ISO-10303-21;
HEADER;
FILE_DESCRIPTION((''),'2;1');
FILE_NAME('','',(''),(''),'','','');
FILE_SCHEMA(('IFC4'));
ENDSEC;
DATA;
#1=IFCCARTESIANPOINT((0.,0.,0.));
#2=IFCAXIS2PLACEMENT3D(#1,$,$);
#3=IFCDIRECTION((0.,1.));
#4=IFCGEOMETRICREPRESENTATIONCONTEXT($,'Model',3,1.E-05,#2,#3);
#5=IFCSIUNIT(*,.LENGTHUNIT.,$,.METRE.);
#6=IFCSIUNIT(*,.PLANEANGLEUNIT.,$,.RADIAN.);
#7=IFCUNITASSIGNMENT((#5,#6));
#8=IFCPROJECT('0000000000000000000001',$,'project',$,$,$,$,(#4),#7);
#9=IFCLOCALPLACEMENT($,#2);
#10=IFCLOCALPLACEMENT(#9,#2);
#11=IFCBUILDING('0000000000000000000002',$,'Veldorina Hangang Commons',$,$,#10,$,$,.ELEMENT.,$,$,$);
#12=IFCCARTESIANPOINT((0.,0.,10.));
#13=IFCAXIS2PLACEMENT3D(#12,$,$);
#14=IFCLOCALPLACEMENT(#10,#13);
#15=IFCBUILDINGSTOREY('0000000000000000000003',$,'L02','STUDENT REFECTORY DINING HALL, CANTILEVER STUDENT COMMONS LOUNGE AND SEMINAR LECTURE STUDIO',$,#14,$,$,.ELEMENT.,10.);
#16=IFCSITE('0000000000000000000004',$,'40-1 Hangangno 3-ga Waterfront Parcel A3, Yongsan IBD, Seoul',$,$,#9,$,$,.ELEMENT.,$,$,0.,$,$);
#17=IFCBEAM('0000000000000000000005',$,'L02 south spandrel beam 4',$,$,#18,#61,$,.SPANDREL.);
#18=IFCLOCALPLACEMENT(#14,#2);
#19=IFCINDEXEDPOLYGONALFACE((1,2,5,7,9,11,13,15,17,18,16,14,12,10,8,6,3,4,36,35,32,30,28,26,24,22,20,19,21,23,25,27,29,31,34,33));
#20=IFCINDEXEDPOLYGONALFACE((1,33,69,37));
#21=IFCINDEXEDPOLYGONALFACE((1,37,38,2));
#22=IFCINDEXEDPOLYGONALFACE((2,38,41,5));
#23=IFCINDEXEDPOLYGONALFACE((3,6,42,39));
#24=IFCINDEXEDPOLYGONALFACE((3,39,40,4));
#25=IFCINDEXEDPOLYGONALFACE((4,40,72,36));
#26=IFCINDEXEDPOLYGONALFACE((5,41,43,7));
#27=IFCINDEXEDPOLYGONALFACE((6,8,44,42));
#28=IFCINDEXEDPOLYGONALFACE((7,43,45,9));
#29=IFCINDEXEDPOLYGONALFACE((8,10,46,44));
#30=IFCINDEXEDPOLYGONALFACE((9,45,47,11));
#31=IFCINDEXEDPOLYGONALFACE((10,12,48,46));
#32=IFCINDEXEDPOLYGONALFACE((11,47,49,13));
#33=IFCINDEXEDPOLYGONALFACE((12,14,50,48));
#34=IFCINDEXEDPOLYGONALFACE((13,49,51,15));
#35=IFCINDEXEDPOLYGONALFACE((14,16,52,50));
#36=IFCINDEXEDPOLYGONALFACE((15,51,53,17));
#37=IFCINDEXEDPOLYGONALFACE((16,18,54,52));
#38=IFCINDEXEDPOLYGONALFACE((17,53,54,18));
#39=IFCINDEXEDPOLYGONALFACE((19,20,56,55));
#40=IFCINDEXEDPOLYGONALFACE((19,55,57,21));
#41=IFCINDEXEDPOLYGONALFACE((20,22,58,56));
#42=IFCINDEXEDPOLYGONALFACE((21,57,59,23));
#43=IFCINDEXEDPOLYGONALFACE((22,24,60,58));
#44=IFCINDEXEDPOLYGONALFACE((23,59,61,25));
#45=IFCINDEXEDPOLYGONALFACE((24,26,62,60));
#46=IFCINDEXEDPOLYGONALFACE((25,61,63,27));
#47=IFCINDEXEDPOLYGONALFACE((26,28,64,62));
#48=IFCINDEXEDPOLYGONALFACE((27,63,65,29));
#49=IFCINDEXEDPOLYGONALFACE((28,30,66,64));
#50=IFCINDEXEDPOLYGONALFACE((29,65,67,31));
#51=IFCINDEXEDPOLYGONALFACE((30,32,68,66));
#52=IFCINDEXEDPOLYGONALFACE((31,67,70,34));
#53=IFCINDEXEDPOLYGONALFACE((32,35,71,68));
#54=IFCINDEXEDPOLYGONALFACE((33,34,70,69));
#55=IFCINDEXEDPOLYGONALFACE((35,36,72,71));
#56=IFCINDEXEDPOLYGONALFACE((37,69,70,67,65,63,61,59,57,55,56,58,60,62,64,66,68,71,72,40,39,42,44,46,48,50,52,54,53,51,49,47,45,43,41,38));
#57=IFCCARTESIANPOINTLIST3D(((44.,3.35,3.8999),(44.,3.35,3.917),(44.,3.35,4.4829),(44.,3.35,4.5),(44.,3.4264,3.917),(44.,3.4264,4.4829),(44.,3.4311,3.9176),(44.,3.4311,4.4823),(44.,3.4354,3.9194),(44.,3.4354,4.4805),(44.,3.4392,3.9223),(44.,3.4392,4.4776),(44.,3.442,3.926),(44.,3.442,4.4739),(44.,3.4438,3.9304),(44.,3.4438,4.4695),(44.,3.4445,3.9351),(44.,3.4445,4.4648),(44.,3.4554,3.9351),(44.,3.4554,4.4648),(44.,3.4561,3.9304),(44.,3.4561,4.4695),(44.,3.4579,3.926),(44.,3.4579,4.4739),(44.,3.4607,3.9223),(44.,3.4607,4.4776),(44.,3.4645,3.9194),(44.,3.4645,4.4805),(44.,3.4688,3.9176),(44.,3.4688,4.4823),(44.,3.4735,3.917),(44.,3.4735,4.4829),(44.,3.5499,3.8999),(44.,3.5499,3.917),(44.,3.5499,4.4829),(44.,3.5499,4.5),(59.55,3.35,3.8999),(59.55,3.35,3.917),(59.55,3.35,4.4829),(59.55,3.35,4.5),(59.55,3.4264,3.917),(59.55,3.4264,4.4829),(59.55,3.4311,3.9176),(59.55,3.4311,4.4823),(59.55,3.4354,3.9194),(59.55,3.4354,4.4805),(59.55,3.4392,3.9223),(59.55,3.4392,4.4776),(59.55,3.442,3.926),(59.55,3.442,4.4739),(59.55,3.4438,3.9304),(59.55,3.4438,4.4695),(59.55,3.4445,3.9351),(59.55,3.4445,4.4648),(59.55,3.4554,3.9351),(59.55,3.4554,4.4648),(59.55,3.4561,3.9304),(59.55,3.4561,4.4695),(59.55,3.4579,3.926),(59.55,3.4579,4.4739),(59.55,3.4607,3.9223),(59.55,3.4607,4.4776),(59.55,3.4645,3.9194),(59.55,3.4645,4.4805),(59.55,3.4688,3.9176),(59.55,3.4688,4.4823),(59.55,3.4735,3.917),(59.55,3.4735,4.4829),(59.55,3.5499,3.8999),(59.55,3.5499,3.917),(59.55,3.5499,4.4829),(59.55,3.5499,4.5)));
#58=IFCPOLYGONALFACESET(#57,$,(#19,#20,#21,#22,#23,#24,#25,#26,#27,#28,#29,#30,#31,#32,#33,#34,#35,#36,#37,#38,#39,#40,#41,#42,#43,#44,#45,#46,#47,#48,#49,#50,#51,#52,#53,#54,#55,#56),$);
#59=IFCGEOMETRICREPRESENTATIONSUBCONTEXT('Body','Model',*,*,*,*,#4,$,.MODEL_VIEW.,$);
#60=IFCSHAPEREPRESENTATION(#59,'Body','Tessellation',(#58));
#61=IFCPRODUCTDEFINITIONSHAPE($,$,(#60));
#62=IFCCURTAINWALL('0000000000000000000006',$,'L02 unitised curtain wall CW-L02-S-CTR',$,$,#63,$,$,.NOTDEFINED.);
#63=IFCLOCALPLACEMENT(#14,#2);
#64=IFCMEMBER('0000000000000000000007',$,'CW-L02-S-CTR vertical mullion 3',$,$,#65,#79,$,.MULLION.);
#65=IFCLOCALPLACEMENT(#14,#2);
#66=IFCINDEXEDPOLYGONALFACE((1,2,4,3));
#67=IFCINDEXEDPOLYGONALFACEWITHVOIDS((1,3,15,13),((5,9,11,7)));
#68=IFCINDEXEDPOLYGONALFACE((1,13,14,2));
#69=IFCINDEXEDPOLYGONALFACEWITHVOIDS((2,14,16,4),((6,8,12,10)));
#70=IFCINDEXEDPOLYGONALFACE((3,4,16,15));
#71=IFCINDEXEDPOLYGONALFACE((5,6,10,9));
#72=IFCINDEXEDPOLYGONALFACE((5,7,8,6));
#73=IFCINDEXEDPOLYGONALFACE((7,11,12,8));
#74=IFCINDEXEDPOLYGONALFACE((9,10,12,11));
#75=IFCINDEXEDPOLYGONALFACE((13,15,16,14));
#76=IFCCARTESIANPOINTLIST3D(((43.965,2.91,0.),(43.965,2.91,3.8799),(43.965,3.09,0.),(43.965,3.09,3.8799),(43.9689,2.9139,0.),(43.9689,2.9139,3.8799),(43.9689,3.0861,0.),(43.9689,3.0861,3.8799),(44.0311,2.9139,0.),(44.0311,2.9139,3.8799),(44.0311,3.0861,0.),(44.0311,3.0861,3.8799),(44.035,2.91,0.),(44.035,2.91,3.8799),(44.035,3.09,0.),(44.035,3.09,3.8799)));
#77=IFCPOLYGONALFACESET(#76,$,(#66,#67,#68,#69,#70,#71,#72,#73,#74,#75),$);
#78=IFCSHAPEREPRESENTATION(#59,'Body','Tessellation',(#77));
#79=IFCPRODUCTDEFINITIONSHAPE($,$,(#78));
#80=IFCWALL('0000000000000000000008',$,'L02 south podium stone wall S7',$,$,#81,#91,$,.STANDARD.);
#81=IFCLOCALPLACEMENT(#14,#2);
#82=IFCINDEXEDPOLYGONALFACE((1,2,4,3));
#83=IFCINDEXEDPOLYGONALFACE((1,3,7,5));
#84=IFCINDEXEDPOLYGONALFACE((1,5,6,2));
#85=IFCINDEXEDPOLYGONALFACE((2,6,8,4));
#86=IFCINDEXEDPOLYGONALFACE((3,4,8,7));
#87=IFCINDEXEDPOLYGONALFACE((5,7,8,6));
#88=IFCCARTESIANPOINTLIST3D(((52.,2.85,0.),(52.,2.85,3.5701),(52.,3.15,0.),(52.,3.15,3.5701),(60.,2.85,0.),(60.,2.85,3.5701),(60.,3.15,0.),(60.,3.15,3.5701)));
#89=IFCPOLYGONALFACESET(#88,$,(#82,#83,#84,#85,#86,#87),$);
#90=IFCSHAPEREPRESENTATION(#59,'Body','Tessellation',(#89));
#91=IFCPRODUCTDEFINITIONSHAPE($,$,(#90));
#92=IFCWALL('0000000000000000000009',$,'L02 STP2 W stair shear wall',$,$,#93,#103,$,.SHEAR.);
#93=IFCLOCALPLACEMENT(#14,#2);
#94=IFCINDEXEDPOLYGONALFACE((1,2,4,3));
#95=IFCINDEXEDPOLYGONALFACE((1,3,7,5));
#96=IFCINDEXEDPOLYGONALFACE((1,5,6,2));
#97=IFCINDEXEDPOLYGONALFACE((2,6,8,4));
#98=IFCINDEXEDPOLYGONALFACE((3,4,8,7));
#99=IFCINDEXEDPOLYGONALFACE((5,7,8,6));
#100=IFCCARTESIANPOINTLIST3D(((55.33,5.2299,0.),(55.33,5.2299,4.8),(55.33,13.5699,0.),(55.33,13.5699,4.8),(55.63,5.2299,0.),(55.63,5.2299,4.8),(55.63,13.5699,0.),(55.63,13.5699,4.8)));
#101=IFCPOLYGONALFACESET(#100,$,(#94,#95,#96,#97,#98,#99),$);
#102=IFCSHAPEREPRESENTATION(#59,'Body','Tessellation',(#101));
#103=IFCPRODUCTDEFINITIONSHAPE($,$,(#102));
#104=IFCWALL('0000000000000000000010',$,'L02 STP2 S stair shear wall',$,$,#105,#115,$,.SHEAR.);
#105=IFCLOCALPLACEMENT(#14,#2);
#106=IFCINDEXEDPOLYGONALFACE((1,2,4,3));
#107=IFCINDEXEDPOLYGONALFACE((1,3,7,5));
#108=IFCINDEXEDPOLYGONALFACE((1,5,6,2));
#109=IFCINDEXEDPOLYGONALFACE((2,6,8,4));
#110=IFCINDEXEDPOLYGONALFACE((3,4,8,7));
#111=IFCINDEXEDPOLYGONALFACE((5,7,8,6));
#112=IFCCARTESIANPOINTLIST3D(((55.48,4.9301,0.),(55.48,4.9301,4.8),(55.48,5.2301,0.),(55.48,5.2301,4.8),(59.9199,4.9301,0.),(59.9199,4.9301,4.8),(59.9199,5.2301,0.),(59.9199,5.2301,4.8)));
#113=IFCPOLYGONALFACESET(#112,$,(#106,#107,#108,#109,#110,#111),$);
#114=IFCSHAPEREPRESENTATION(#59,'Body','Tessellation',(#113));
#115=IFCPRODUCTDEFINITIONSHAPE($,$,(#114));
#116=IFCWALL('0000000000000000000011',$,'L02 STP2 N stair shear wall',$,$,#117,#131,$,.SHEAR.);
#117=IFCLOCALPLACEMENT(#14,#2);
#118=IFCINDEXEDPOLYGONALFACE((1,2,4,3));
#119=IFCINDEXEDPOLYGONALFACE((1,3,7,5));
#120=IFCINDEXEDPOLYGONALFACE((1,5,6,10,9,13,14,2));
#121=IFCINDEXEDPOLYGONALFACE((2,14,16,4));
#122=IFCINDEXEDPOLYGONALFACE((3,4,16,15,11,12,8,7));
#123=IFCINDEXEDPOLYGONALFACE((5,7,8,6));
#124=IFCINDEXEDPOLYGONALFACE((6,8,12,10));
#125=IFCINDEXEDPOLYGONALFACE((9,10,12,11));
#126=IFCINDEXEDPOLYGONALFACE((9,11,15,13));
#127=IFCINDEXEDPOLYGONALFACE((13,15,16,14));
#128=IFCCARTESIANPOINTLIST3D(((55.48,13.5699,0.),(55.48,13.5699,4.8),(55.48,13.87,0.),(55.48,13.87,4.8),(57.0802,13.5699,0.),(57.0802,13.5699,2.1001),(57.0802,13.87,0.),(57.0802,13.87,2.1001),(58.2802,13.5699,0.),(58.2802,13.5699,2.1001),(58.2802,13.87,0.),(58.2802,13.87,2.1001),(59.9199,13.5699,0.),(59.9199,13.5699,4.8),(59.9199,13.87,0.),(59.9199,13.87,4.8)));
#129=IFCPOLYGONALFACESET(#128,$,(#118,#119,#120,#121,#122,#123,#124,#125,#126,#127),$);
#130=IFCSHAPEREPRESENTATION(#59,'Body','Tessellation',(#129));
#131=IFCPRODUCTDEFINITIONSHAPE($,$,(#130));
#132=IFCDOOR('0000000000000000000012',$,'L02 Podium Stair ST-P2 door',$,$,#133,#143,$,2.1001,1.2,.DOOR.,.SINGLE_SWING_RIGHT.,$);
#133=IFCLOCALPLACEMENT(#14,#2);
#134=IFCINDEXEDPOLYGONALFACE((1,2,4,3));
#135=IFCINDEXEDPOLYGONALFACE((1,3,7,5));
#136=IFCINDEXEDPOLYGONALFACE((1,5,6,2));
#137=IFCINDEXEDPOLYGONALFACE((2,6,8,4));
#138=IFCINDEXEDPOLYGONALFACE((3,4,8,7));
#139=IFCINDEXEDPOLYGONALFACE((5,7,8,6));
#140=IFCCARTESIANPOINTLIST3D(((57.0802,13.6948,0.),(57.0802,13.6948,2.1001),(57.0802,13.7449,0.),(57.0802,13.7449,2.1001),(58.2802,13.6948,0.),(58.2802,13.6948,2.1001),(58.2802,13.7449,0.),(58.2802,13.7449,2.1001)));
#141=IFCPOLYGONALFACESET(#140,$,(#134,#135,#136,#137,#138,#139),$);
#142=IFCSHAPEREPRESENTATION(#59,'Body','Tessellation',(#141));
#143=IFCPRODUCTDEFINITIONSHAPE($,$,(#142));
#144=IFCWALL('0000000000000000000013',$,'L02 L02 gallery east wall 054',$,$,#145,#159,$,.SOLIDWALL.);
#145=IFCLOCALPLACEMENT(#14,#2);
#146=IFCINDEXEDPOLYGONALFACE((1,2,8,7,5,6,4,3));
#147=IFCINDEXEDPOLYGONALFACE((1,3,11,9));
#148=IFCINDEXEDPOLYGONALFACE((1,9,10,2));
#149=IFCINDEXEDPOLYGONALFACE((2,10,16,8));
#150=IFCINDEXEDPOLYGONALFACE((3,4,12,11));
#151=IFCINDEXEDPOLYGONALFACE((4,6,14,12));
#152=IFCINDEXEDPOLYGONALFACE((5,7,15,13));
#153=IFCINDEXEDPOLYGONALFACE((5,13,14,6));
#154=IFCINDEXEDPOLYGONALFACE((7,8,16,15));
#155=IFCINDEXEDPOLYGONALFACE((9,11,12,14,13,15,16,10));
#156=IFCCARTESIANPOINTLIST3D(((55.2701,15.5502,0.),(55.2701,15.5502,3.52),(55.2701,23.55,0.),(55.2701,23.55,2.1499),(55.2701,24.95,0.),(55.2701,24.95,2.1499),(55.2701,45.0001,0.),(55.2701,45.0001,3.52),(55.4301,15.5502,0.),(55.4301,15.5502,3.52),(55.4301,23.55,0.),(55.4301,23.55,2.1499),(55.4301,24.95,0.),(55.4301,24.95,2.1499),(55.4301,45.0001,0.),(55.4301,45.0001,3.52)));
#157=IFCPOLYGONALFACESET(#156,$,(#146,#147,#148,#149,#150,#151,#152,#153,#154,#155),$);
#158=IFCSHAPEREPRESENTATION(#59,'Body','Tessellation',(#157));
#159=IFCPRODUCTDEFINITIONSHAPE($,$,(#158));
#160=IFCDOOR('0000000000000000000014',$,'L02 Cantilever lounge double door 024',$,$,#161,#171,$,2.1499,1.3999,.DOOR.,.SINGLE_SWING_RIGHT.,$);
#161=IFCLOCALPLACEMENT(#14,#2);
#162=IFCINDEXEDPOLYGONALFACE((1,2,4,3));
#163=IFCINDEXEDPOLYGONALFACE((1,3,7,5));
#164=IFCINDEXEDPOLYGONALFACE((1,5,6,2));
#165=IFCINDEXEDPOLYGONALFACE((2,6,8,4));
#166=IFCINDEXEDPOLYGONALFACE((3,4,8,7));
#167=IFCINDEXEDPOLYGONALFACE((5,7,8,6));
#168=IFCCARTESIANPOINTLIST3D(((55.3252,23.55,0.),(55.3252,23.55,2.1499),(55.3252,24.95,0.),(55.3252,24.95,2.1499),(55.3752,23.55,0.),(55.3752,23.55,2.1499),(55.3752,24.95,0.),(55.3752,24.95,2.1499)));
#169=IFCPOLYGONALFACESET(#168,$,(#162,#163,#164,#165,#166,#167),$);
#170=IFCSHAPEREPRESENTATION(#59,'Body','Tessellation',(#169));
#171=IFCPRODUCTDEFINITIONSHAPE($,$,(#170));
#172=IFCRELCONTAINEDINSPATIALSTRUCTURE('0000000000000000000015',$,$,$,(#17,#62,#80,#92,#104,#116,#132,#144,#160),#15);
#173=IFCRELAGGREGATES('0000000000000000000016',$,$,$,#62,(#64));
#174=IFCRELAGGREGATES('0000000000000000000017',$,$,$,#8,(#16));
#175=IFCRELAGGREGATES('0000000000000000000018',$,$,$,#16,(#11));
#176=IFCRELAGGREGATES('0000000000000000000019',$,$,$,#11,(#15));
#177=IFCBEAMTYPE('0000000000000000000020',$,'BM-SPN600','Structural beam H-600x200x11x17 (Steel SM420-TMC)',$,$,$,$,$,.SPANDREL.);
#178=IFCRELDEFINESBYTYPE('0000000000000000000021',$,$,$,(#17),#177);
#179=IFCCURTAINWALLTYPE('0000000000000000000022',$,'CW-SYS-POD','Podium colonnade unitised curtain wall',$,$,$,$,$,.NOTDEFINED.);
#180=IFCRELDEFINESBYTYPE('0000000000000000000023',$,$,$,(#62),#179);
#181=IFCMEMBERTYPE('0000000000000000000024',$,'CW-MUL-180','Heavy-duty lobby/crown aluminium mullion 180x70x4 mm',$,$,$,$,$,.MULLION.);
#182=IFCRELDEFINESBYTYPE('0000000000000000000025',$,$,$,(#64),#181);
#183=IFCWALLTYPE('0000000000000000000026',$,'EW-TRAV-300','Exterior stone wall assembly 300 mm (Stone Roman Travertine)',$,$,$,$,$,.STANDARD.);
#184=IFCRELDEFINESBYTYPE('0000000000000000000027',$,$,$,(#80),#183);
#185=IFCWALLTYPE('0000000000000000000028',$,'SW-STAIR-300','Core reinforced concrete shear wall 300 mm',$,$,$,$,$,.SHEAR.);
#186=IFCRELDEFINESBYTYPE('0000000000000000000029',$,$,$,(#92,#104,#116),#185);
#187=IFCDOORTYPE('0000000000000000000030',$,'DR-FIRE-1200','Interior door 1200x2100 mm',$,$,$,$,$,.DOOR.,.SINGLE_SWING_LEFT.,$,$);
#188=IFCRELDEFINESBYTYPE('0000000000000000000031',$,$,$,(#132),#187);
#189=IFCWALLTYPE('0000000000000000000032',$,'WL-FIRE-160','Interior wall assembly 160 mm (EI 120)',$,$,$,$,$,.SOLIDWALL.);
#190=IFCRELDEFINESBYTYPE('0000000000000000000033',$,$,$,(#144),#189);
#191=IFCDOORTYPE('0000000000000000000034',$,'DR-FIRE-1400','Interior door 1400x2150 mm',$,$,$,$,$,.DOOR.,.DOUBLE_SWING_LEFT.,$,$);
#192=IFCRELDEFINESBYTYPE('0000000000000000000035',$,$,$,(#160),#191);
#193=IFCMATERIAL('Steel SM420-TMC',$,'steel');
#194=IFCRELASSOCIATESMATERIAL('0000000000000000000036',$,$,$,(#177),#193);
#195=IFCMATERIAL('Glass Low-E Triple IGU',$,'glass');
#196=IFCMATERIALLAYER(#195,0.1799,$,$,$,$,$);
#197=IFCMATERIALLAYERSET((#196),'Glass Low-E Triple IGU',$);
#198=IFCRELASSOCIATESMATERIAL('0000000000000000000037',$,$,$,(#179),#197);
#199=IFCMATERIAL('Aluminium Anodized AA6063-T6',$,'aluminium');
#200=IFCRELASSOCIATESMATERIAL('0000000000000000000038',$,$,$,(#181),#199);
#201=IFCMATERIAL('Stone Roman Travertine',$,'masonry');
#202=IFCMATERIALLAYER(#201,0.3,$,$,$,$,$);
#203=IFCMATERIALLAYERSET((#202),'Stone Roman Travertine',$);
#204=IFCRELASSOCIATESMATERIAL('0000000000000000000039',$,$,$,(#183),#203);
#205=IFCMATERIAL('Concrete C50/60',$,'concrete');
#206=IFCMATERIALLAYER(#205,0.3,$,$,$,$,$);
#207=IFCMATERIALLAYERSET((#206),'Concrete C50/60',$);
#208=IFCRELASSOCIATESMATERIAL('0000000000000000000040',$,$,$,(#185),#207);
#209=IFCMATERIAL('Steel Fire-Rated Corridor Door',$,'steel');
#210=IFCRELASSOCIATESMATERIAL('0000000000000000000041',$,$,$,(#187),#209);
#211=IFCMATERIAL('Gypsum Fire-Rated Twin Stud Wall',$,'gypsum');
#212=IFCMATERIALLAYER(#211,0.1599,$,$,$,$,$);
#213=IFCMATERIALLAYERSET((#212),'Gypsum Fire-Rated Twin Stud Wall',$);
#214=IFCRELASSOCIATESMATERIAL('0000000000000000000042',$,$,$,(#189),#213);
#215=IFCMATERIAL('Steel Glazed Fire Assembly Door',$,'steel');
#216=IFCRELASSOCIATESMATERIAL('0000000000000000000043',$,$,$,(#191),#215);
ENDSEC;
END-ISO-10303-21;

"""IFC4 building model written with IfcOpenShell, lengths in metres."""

from ifc_helpers import new_model, si_unit, direction, frame, frame_2d, origin, origin_2d, place, context, subcontext, project, spatial, rectangle, hollow_rectangle, i_section, extrude, material, layer, layer_set, material_profile, profile_set, type_object, element, fill, aggregate, save


model = new_model("IFC4")

# Units and contexts
model_context = context("Model", 3, precision=1e-05, world=origin(), true_north=direction((0.0, 1.0)))
body_context = subcontext(model_context, "Body", "Model", "MODEL_VIEW")
ifc_project = project(units=[si_unit("LENGTHUNIT", "METRE"), si_unit("PLANEANGLEUNIT", "RADIAN")], contexts=[model_context])

# Site, building, storey
site_placement = place(None, origin())
site = spatial("IfcSite", under=ifc_project, at=site_placement, Name="40-1 Hangangno 3-ga Waterfront Parcel A3, Yongsan IBD, Seoul", CompositionType="ELEMENT", RefElevation=0.0)
building_placement = place(site_placement, origin())
building = spatial("IfcBuilding", under=site, at=building_placement, Name="Veldorina Hangang Commons", CompositionType="ELEMENT")
storey_placement = place(building_placement, frame((0.0, 0.0, 10.0)))
storey = spatial("IfcBuildingStorey", under=building, at=storey_placement, Name="L02", Description="STUDENT REFECTORY DINING HALL, CANTILEVER STUDENT COMMONS LOUNGE AND SEMINAR LECTURE STUDIO", CompositionType="ELEMENT", Elevation=10.0)

# Shared definitions
ifc_material_1 = material(Name="Steel SM420-TMC", Category="steel")

# Beam
ifc_material_profile_1 = material_profile(ifc_material_1, i_section(OverallWidth=0.2, OverallDepth=0.6001, WebThickness=0.011, FlangeThickness=0.0171, FilletRadius=0.0181, at=origin_2d()), Name="H-600x200x11x17")
ifc_profile_set_1 = profile_set([ifc_material_profile_1], Name="Steel SM420-TMC")
beam_type_1 = type_object("IfcBeamType", Name="BM-SPN600", Description="Structural beam H-600x200x11x17 (Steel SM420-TMC)", PredefinedType="SPANDREL", material=ifc_profile_set_1)
beam_1_placement = place(storey_placement, frame((44.0, 3.45, 4.2), z_axis=(1.0, 0.0, 0.0), x_axis=(0.0, 1.0, 0.0)))
element("IfcBeam", 1, at=beam_1_placement, inside=storey, type_object=beam_type_1, Name="L02 south spandrel beam 4", PredefinedType="SPANDREL", context=body_context, shape_type="SweptSolid", body=[
    extrude(i_section(OverallWidth=0.2, OverallDepth=0.6001, WebThickness=0.011, FlangeThickness=0.0171, FilletRadius=0.0181, at=origin_2d()), origin(), (0.0, 0.0, 1.0), 15.55),
])

# Curtain wall, member
ifc_material_2 = material(Name="Glass Low-E Triple IGU", Category="glass")
ifc_layer_1 = layer(ifc_material_2, 0.1799)
ifc_layer_set_1 = layer_set([ifc_layer_1], Name="Glass Low-E Triple IGU")
curtain_wall_type = type_object("IfcCurtainWallType", Name="CW-SYS-POD", Description="Podium colonnade unitised curtain wall", PredefinedType="NOTDEFINED", material=ifc_layer_set_1)
curtain_wall_placement = place(storey_placement, origin())
curtain_wall = element("IfcCurtainWall", 2, at=curtain_wall_placement, inside=storey, type_object=curtain_wall_type, Name="L02 unitised curtain wall CW-L02-S-CTR", PredefinedType="NOTDEFINED")
ifc_material_3 = material(Name="Aluminium Anodized AA6063-T6", Category="aluminium")
ifc_material_profile_2 = material_profile(ifc_material_3, hollow_rectangle(XDim=0.0701, YDim=0.1799, WallThickness=0.0039, at=origin_2d()), Name="ALU-RHS-180x70x4")
ifc_profile_set_2 = profile_set([ifc_material_profile_2], Name="Aluminium Anodized AA6063-T6")
member_type = type_object("IfcMemberType", Name="CW-MUL-180", Description="Heavy-duty lobby/crown aluminium mullion 180x70x4 mm", PredefinedType="MULLION", material=ifc_profile_set_2)
member_placement = place(storey_placement, frame((44.0, 3.0, 0.0), z_axis=(0.0, 0.0, 1.0), x_axis=(-1.0, 0.0, 0.0)))
member = element("IfcMember", 3, at=member_placement, type_object=member_type, Name="CW-L02-S-CTR vertical mullion 3", PredefinedType="MULLION", context=body_context, shape_type="SweptSolid", body=[
    extrude(hollow_rectangle(XDim=0.0701, YDim=0.1799, WallThickness=0.0039, at=origin_2d()), origin(), (0.0, 0.0, 1.0), 3.8799),
])
aggregate(curtain_wall, [member])

# Walls
ifc_material_4 = material(Name="Stone Roman Travertine", Category="masonry")
ifc_layer_2 = layer(ifc_material_4, 0.3)
ifc_layer_set_2 = layer_set([ifc_layer_2], Name="Stone Roman Travertine")
wall_type_1 = type_object("IfcWallType", Name="EW-TRAV-300", Description="Exterior stone wall assembly 300 mm (Stone Roman Travertine)", PredefinedType="STANDARD", material=ifc_layer_set_2)
wall_1_placement = place(storey_placement, frame((52.0, 3.0, 0.0), z_axis=(0.0, 0.0, 1.0), x_axis=(1.0, 0.0, 0.0)))
element("IfcWall", 4, at=wall_1_placement, inside=storey, type_object=wall_type_1, Name="L02 south podium stone wall S7", PredefinedType="STANDARD", context=body_context, shape_type="SweptSolid", body=[
    extrude(rectangle(XDim=8.0, YDim=0.3, at=frame_2d((4.0, 0.0))), origin(), (0.0, 0.0, 1.0), 3.5701),
])
ifc_material_5 = material(Name="Concrete C50/60", Category="concrete")
ifc_layer_3 = layer(ifc_material_5, 0.3)
ifc_layer_set_3 = layer_set([ifc_layer_3], Name="Concrete C50/60")
wall_type_2 = type_object("IfcWallType", Name="SW-STAIR-300", Description="Core reinforced concrete shear wall 300 mm", PredefinedType="SHEAR", material=ifc_layer_set_3)
wall_2_placement = place(storey_placement, frame((55.48, 5.23, 0.0), z_axis=(0.0, 0.0, 1.0), x_axis=(0.0, 1.0, 0.0)))
element("IfcWall", 5, at=wall_2_placement, inside=storey, type_object=wall_type_2, Name="L02 STP2 W stair shear wall", PredefinedType="SHEAR", context=body_context, shape_type="SweptSolid", body=[
    extrude(rectangle(XDim=8.3401, YDim=0.3, at=frame_2d((4.1699, 0.0))), origin(), (0.0, 0.0, 1.0), 4.8),
])
wall_3_placement = place(storey_placement, frame((55.48, 5.0801, 0.0), z_axis=(0.0, 0.0, 1.0), x_axis=(1.0, 0.0, 0.0)))
element("IfcWall", 6, at=wall_3_placement, inside=storey, type_object=wall_type_2, Name="L02 STP2 S stair shear wall", PredefinedType="SHEAR", context=body_context, shape_type="SweptSolid", body=[
    extrude(rectangle(XDim=4.4399, YDim=0.3, at=frame_2d((2.22, 0.0))), origin(), (0.0, 0.0, 1.0), 4.8),
])

# Walls, openings, doors
wall_4_placement = place(storey_placement, frame((55.48, 13.72, 0.0), z_axis=(0.0, 0.0, 1.0), x_axis=(1.0, 0.0, 0.0)))
wall_4 = element("IfcWall", 7, at=wall_4_placement, inside=storey, type_object=wall_type_2, Name="L02 STP2 N stair shear wall", PredefinedType="SHEAR", context=body_context, shape_type="SweptSolid", body=[
    extrude(rectangle(XDim=4.4399, YDim=0.3, at=frame_2d((2.22, 0.0))), origin(), (0.0, 0.0, 1.0), 4.8),
])
opening_1_placement = place(wall_4_placement, frame((1.6001, 0.0, 0.0)))
opening_1 = element("IfcOpeningElement", 8, at=opening_1_placement, cuts=wall_4, PredefinedType="OPENING", context=body_context, shape_type="SweptSolid", body=[
    extrude(rectangle(XDim=1.2, YDim=2.1001, at=frame_2d((0.6001, 1.05))), frame((0.0, 0.1602, 0.0), z_axis=(0.0, -1.0, 0.0), x_axis=(1.0, 0.0, 0.0)), (0.0, 0.0, 1.0), 0.3201),
])
ifc_material_6 = material(Name="Steel Fire-Rated Corridor Door", Category="steel")
door_type_1 = type_object("IfcDoorType", Name="DR-FIRE-1200", Description="Interior door 1200x2100 mm", OperationType="SINGLE_SWING_LEFT", PredefinedType="DOOR", material=ifc_material_6)
door_1_placement = place(opening_1_placement, origin())
door_1 = element("IfcDoor", 9, at=door_1_placement, inside=storey, type_object=door_type_1, Name="L02 Podium Stair ST-P2 door", OperationType="SINGLE_SWING_RIGHT", OverallHeight=2.1001, OverallWidth=1.2, PredefinedType="DOOR", context=body_context, shape_type="SweptSolid", body=[
    extrude(rectangle(XDim=1.2, YDim=2.1001, at=frame_2d((0.6001, 1.05))), frame((0.0, 0.0249, 0.0), z_axis=(0.0, -1.0, 0.0), x_axis=(1.0, 0.0, 0.0)), (0.0, 0.0, 1.0), 0.05),
])
fill(opening_1, door_1)
ifc_material_7 = material(Name="Gypsum Fire-Rated Twin Stud Wall", Category="gypsum")
ifc_layer_4 = layer(ifc_material_7, 0.1599)
ifc_layer_set_4 = layer_set([ifc_layer_4], Name="Gypsum Fire-Rated Twin Stud Wall")
wall_type_3 = type_object("IfcWallType", Name="WL-FIRE-160", Description="Interior wall assembly 160 mm (EI 120)", PredefinedType="SOLIDWALL", material=ifc_layer_set_4)
wall_5_placement = place(storey_placement, frame((55.3501, 15.55, 0.0), z_axis=(0.0, 0.0, 1.0), x_axis=(0.0, 1.0, 0.0)))
wall_5 = element("IfcWall", 10, at=wall_5_placement, inside=storey, type_object=wall_type_3, Name="L02 L02 gallery east wall 054", PredefinedType="SOLIDWALL", context=body_context, shape_type="SweptSolid", body=[
    extrude(rectangle(XDim=29.45, YDim=0.1599, at=frame_2d((14.7251, 0.0))), origin(), (0.0, 0.0, 1.0), 3.52),
])
opening_2_placement = place(wall_5_placement, frame((8.0, 0.0, 0.0)))
opening_2 = element("IfcOpeningElement", 11, at=opening_2_placement, cuts=wall_5, PredefinedType="OPENING", context=body_context, shape_type="SweptSolid", body=[
    extrude(rectangle(XDim=1.3999, YDim=2.1499, at=frame_2d((0.7, 1.075))), frame((0.0, 0.0898, 0.0), z_axis=(0.0, -1.0, 0.0), x_axis=(1.0, 0.0, 0.0)), (0.0, 0.0, 1.0), 0.1799),
])
ifc_material_8 = material(Name="Steel Glazed Fire Assembly Door", Category="steel")
door_type_2 = type_object("IfcDoorType", Name="DR-FIRE-1400", Description="Interior door 1400x2150 mm", OperationType="DOUBLE_SWING_LEFT", PredefinedType="DOOR", material=ifc_material_8)
door_2_placement = place(opening_2_placement, origin())
door_2 = element("IfcDoor", 12, at=door_2_placement, inside=storey, type_object=door_type_2, Name="L02 Cantilever lounge double door 024", OperationType="SINGLE_SWING_RIGHT", OverallHeight=2.1499, OverallWidth=1.3999, PredefinedType="DOOR", context=body_context, shape_type="SweptSolid", body=[
    extrude(rectangle(XDim=1.3999, YDim=2.1499, at=frame_2d((0.7, 1.075))), frame((0.0, 0.0249, 0.0), z_axis=(0.0, -1.0, 0.0), x_axis=(1.0, 0.0, 0.0)), (0.0, 0.0, 1.0), 0.05),
])
fill(opening_2, door_2)

save(model, "model.ifc")
